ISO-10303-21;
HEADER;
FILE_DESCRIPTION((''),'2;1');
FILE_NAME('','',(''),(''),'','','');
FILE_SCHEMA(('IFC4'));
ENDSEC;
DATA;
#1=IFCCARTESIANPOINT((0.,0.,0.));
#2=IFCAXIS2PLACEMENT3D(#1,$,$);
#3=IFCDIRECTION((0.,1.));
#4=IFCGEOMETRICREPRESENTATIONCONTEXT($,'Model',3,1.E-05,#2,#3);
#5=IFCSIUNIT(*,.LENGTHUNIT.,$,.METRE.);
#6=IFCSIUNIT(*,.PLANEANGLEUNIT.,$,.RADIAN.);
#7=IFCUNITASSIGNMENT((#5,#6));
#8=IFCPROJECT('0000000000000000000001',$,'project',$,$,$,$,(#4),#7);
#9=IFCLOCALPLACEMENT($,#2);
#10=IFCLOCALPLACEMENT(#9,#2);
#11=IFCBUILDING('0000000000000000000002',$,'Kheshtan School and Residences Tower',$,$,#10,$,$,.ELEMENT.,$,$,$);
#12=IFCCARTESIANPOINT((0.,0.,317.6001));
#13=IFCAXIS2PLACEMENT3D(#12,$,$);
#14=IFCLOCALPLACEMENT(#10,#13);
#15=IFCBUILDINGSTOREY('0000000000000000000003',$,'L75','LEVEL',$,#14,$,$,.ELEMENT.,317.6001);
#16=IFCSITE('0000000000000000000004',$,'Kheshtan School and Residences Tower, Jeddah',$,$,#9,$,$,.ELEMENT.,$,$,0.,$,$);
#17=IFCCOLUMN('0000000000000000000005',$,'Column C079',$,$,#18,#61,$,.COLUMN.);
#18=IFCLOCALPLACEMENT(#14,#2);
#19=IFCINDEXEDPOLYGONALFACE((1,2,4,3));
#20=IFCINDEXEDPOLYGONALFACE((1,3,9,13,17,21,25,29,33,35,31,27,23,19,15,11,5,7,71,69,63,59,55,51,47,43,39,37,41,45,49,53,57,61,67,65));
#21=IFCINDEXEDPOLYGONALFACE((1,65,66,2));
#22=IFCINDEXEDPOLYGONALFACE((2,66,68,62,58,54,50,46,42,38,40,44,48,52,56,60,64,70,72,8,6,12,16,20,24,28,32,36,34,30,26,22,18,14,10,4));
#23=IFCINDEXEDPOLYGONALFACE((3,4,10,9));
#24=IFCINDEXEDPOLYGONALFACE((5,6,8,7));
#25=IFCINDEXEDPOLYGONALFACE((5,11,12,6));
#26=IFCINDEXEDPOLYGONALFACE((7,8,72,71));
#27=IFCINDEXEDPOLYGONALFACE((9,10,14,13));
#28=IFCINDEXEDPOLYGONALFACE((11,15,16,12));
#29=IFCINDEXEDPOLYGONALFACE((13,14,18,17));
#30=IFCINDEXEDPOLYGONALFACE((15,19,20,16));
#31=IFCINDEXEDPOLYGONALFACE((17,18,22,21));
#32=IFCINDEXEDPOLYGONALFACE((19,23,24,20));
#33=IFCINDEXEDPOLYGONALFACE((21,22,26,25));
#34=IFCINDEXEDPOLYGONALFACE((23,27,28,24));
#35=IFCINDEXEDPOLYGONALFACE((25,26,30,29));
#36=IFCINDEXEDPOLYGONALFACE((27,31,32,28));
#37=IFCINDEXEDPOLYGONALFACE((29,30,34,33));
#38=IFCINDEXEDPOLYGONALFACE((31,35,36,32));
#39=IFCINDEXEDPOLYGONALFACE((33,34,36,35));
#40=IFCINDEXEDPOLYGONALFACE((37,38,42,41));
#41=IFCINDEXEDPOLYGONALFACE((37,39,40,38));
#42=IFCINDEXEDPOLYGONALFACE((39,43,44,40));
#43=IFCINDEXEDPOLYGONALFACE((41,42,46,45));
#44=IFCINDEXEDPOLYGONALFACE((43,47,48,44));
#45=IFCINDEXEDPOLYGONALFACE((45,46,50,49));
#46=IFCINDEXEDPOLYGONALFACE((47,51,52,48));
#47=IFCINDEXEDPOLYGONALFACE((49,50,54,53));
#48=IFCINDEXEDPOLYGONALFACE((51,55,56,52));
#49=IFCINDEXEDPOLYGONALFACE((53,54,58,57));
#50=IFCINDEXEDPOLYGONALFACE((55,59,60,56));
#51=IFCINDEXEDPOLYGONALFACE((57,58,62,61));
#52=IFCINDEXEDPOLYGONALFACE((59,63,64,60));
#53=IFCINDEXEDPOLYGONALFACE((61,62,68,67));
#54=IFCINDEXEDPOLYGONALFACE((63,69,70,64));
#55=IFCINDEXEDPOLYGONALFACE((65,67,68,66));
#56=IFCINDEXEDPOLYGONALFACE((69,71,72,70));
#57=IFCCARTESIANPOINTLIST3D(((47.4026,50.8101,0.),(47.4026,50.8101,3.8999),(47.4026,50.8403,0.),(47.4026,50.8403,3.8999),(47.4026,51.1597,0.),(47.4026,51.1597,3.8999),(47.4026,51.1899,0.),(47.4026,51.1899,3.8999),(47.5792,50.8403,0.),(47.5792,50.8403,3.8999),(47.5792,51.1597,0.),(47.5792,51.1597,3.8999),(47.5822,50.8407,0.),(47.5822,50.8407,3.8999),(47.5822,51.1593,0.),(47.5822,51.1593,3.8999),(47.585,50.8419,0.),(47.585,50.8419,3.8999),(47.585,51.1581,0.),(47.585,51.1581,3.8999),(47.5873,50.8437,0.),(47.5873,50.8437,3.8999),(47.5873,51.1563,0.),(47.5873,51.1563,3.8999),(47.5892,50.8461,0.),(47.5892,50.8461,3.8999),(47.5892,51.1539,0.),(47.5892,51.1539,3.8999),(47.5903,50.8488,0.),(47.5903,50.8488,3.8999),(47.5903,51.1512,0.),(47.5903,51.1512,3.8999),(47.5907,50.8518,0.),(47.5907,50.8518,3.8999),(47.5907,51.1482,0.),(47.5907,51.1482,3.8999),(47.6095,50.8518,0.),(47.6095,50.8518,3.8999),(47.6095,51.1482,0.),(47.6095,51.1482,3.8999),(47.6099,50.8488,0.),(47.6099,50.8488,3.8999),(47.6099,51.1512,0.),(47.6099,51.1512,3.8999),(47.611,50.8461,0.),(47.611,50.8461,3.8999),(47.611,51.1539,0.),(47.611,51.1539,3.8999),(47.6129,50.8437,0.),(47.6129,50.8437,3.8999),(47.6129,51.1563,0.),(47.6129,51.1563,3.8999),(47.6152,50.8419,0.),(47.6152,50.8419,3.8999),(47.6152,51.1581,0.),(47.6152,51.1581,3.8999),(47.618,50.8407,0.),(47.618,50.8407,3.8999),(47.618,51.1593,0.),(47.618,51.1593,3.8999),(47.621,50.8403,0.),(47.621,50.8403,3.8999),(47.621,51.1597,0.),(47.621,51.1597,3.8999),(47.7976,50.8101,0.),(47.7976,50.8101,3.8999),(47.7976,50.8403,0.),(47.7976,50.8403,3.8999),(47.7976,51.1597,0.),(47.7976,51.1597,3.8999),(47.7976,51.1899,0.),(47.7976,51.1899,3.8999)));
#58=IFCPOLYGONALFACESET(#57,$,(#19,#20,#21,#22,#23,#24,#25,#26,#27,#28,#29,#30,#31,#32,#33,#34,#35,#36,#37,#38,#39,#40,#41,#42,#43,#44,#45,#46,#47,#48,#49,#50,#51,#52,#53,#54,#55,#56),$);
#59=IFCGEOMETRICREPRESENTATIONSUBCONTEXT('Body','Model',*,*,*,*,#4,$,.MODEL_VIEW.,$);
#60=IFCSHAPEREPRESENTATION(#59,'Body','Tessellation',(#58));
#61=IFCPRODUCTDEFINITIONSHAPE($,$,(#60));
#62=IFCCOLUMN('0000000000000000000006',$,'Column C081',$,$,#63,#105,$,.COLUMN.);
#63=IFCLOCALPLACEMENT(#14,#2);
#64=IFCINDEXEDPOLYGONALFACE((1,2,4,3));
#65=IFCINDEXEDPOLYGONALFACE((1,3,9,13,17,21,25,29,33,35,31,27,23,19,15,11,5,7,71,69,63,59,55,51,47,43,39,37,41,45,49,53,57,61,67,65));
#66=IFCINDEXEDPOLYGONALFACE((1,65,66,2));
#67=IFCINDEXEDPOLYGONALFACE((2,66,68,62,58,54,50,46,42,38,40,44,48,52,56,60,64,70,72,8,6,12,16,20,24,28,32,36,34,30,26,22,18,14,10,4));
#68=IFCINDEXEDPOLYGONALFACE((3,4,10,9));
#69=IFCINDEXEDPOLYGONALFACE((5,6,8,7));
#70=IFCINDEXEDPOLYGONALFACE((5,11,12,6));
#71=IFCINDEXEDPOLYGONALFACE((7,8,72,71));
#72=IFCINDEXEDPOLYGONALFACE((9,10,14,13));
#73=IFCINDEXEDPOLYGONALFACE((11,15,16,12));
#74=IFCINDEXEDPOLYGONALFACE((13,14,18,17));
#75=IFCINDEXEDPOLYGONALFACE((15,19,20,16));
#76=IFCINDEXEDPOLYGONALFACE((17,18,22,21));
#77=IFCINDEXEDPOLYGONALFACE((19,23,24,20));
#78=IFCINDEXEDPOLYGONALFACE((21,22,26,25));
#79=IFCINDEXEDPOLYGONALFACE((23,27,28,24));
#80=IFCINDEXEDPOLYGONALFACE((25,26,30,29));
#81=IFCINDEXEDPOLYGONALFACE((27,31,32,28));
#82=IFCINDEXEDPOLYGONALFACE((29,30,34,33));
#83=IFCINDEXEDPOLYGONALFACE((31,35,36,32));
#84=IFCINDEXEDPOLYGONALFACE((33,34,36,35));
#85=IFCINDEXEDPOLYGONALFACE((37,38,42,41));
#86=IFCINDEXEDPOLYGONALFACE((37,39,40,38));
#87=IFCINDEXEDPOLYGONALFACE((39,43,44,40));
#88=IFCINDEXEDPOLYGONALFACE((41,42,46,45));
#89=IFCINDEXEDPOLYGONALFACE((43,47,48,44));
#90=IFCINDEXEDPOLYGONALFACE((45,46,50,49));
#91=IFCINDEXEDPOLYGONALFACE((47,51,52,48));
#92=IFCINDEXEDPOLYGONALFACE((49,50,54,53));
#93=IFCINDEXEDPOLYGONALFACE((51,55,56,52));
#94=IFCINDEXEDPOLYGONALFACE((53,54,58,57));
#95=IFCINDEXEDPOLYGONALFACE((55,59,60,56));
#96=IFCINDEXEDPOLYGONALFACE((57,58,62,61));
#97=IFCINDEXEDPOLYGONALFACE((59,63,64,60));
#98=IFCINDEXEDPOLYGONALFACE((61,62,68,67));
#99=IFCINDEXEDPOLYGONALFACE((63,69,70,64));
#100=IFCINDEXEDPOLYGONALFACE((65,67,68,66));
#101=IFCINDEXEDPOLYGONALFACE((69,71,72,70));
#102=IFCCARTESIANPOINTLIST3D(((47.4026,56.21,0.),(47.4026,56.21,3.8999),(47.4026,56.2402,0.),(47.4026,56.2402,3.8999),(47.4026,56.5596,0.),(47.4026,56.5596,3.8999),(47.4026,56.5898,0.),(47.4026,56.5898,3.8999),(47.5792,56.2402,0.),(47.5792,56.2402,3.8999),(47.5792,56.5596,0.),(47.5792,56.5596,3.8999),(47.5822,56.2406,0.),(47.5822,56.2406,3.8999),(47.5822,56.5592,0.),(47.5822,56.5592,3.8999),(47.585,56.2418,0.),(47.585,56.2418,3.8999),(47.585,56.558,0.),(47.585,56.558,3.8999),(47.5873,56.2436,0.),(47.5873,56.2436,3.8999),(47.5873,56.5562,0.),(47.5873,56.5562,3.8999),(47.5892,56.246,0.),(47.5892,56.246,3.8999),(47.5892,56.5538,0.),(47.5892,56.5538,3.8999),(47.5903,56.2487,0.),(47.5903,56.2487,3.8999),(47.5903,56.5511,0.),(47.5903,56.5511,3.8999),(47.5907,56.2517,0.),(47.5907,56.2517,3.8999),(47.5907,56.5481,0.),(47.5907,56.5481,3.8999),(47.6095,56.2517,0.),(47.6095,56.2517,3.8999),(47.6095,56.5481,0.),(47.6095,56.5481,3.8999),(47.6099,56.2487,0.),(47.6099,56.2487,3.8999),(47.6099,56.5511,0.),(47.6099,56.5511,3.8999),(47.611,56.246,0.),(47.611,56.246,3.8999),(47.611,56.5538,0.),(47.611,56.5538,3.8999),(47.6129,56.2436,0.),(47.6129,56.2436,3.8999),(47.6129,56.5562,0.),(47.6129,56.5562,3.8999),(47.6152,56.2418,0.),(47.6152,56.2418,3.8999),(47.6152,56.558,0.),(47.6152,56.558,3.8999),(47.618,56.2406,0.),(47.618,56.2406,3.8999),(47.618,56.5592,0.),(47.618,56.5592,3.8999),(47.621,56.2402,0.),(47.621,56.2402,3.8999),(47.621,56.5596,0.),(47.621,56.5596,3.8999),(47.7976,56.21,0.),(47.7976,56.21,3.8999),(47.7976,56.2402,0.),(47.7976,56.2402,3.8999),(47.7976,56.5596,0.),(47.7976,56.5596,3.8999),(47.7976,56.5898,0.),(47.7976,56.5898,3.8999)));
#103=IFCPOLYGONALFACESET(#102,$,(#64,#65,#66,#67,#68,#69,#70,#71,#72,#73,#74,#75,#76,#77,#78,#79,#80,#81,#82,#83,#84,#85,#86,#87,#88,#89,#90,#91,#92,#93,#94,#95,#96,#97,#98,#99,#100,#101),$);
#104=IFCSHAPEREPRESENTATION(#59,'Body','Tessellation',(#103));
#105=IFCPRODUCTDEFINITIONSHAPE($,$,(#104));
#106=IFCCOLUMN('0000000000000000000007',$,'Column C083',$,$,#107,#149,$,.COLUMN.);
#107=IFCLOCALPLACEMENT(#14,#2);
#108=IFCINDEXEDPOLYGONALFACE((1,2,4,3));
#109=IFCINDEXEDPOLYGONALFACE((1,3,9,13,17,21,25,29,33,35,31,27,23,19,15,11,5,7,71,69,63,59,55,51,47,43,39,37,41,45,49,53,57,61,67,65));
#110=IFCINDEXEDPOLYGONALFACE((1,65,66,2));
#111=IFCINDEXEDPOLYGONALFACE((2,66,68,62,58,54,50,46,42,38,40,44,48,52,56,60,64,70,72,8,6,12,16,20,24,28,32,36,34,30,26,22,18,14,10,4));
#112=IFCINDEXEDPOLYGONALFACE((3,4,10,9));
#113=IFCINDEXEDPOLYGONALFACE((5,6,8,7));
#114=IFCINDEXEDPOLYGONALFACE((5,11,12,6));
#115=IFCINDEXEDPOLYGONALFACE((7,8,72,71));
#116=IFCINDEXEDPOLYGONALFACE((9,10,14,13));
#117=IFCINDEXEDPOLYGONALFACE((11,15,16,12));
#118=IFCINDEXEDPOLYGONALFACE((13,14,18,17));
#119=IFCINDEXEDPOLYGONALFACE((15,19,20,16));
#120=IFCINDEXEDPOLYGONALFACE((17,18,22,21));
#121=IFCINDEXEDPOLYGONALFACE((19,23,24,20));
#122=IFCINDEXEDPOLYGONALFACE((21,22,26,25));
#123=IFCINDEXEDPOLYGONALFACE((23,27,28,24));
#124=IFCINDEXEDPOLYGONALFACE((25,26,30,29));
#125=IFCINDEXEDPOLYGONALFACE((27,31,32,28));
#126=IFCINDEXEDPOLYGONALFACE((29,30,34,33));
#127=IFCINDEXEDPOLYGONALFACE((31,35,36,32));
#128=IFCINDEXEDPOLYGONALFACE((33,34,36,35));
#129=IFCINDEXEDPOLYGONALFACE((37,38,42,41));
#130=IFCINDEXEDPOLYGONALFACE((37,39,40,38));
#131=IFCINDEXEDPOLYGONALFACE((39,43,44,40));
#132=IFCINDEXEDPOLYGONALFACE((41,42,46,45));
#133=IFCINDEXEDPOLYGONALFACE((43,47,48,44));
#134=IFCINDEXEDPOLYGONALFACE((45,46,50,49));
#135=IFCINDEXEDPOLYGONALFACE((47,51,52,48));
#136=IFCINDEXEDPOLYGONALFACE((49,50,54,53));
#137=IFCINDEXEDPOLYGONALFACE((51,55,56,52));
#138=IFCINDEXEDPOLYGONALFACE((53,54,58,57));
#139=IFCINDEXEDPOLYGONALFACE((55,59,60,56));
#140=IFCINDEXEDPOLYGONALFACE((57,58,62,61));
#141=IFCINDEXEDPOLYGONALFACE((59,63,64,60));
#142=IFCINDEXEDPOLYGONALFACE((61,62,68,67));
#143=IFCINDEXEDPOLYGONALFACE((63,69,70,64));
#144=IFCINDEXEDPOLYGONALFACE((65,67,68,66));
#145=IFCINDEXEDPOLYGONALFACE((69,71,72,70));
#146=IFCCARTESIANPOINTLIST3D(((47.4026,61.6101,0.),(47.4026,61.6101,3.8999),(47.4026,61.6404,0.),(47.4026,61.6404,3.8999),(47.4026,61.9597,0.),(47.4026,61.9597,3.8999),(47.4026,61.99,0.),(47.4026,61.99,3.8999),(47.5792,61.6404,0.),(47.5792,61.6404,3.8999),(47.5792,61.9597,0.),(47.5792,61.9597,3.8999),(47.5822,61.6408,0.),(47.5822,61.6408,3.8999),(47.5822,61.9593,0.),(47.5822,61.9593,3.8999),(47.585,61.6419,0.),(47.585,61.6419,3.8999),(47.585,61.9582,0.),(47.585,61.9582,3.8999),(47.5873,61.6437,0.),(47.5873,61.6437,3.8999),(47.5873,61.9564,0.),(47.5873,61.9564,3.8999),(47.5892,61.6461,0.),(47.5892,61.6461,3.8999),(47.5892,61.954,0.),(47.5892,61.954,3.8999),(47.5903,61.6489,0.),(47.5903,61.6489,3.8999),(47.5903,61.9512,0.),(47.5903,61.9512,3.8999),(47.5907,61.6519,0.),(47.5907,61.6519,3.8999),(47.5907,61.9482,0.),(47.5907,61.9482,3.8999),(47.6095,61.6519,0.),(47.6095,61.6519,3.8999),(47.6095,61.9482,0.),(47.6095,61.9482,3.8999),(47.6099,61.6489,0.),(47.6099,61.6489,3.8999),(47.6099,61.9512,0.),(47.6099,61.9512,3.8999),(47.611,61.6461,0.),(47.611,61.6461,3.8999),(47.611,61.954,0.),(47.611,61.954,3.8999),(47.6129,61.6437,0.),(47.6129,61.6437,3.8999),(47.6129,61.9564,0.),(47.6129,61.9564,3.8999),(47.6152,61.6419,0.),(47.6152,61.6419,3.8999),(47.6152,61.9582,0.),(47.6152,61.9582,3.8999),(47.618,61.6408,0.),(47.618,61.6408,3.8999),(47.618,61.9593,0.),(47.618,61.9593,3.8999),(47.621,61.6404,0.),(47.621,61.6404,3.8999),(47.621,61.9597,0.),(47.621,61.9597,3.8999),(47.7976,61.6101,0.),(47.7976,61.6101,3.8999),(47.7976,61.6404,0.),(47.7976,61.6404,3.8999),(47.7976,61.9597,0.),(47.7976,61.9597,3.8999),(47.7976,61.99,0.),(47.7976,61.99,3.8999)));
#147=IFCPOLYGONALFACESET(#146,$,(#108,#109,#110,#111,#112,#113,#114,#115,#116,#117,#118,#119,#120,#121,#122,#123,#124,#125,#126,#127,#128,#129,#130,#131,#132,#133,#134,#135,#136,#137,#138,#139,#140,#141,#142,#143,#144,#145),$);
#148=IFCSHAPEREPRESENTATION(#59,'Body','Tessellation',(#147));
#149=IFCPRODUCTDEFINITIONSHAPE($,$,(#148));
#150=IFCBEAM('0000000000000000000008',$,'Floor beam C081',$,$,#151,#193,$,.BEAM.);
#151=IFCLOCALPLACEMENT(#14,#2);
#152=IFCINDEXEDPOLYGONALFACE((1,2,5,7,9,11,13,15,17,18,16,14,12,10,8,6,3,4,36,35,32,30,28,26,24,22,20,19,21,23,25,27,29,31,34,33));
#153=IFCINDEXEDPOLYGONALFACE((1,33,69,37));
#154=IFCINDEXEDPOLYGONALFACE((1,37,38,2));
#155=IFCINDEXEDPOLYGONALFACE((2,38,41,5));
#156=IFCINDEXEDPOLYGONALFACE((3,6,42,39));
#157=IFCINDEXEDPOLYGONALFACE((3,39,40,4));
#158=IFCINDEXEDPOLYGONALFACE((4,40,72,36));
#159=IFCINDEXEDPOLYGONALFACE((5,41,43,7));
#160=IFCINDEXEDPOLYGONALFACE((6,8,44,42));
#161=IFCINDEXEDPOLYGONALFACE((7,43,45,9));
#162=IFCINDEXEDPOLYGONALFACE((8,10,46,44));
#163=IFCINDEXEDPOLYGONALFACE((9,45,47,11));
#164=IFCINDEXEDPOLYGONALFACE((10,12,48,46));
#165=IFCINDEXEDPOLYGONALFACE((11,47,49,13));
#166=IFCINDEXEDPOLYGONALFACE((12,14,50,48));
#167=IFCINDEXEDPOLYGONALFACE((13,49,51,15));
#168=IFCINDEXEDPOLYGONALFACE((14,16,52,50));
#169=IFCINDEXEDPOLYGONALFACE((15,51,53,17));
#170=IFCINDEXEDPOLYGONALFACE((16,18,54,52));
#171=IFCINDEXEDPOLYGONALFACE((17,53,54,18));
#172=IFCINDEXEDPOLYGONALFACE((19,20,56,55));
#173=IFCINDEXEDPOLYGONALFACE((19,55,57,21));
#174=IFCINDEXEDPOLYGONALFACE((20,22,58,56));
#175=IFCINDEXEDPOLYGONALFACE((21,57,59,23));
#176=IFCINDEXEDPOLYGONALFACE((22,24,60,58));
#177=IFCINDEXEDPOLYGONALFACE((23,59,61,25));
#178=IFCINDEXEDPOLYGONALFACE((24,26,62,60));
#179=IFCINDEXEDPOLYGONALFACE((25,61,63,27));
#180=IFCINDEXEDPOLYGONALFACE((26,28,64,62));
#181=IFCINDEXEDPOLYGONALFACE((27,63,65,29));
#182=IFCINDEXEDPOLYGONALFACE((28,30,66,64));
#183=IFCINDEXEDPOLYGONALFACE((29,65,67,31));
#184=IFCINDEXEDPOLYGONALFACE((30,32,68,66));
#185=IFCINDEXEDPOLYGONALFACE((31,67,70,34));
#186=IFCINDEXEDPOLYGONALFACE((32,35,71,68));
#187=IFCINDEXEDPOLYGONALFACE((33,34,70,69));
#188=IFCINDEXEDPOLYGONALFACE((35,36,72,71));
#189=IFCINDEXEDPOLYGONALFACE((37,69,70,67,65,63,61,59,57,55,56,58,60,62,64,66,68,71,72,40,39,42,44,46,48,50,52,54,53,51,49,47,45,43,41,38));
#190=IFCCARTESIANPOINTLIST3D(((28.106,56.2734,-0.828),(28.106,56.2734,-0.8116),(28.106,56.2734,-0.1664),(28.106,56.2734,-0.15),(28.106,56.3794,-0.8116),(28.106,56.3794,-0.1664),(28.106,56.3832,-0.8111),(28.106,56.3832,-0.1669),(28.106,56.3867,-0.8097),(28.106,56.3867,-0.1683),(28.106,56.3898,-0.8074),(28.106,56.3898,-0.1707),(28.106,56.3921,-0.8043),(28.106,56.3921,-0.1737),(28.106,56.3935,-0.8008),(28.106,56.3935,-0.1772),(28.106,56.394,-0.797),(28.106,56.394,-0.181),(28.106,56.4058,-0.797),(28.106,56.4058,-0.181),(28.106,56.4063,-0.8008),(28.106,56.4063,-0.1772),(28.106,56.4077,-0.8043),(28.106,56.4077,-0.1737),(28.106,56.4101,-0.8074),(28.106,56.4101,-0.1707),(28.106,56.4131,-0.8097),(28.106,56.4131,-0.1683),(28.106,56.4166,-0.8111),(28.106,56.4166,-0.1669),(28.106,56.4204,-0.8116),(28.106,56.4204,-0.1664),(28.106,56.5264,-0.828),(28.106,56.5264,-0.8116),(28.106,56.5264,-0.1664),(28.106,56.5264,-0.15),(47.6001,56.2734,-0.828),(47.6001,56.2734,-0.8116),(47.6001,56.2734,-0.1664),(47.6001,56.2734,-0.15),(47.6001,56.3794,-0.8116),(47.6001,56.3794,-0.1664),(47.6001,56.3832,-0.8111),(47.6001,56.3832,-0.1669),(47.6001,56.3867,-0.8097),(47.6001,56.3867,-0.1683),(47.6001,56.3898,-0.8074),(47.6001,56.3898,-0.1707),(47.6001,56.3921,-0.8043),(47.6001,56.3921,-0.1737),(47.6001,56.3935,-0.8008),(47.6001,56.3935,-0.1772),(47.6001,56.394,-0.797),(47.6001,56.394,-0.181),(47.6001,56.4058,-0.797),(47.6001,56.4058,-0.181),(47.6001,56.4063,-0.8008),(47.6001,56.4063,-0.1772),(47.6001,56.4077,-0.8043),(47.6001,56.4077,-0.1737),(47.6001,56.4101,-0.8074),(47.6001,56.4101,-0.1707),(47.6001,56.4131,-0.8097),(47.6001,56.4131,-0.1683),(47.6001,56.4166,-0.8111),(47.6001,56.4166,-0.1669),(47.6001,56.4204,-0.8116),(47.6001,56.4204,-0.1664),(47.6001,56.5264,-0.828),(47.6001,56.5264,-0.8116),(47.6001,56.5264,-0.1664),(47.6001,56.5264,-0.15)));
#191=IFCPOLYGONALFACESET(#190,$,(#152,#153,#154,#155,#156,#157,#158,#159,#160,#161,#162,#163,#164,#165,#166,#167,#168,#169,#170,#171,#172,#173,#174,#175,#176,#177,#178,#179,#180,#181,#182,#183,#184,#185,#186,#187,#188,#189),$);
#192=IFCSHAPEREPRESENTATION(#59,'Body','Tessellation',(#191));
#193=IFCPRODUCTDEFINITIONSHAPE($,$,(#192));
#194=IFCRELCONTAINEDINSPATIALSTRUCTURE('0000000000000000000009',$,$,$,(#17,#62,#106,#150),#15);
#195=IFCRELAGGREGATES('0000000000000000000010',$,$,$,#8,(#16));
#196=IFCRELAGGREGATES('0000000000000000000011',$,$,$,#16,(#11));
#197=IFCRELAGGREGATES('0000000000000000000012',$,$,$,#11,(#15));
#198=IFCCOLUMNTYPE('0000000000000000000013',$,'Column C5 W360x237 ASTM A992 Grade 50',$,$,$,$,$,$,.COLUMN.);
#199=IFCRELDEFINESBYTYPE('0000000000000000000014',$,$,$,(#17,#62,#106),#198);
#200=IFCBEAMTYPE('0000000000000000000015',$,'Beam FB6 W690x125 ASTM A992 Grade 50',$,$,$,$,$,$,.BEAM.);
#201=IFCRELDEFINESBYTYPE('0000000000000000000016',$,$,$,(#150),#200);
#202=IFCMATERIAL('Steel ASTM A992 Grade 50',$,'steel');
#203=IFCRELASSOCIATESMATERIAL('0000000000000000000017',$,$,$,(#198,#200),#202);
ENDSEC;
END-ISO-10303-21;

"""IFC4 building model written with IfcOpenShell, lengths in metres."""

from ifc_helpers import new_model, si_unit, direction, frame, origin, origin_2d, place, context, subcontext, project, spatial, i_section, extrude, material, material_profile, profile_set, type_object, element, save


model = new_model("IFC4")

# Units and contexts
model_context = context("Model", 3, precision=1e-05, world=origin(), true_north=direction((0.0, 1.0)))
body_context = subcontext(model_context, "Body", "Model", "MODEL_VIEW")
ifc_project = project(units=[si_unit("LENGTHUNIT", "METRE"), si_unit("PLANEANGLEUNIT", "RADIAN")], contexts=[model_context])

# Site, building, storey
site_placement = place(None, origin())
site = spatial("IfcSite", under=ifc_project, at=site_placement, Name="Kheshtan School and Residences Tower, Jeddah", CompositionType="ELEMENT", RefElevation=0.0)
building_placement = place(site_placement, origin())
building = spatial("IfcBuilding", under=site, at=building_placement, Name="Kheshtan School and Residences Tower", CompositionType="ELEMENT")
storey_placement = place(building_placement, frame((0.0, 0.0, 317.6001)))
storey = spatial("IfcBuildingStorey", under=building, at=storey_placement, Name="L75", Description="LEVEL", CompositionType="ELEMENT", Elevation=317.6001)

# Columns
ifc_material_1 = material(Name="Steel ASTM A992 Grade 50", Category="steel")
ifc_material_profile_1 = material_profile(ifc_material_1, i_section(OverallWidth=0.395, OverallDepth=0.3799, WebThickness=0.0188, FlangeThickness=0.0303, FilletRadius=0.0115, at=origin_2d()), Name="W360x237")
ifc_profile_set_1 = profile_set([ifc_material_profile_1], Name="Steel ASTM A992 Grade 50")
column_type = type_object("IfcColumnType", Name="Column C5 W360x237 ASTM A992 Grade 50", PredefinedType="COLUMN", material=ifc_profile_set_1)
for number, where, z_axis, x_axis, name in (
    (1, (47.6001, 51.0, 0.0), (0.0, 0.0, 1.0), (1.0, 0.0, 0.0), "Column C079"),
    (2, (47.6001, 56.3999, 0.0), (0.0, 0.0, 1.0), (1.0, 0.0, 0.0), "Column C081"),
    (3, (47.6001, 61.8, 0.0), (0.0, 0.0, 1.0), (1.0, 0.0, 0.0), "Column C083"),
):
    element("IfcColumn", number, at=place(storey_placement, frame(where, z_axis=z_axis, x_axis=x_axis)), inside=storey, type_object=column_type, Name=name, PredefinedType="COLUMN", context=body_context, shape_type="SweptSolid", body=[
        extrude(i_section(OverallWidth=0.395, OverallDepth=0.3799, WebThickness=0.0188, FlangeThickness=0.0303, FilletRadius=0.0115, at=origin_2d()), origin(), (0.0, 0.0, 1.0), 3.8999),
    ])

# Beam
ifc_material_profile_2 = material_profile(ifc_material_1, i_section(OverallWidth=0.2529, OverallDepth=0.678, WebThickness=0.0117, FlangeThickness=0.0164, FilletRadius=0.0146, at=origin_2d()), Name="W690x125")
ifc_profile_set_2 = profile_set([ifc_material_profile_2], Name="Steel ASTM A992 Grade 50")
beam_type_1 = type_object("IfcBeamType", Name="Beam FB6 W690x125 ASTM A992 Grade 50", PredefinedType="BEAM", material=ifc_profile_set_2)
beam_1_placement = place(storey_placement, frame((47.6001, 56.3999, -0.489), z_axis=(-1.0, 0.0, 0.0), x_axis=(0.0, -1.0, 0.0)))
element("IfcBeam", 4, at=beam_1_placement, inside=storey, type_object=beam_type_1, Name="Floor beam C081", PredefinedType="BEAM", context=body_context, shape_type="SweptSolid", body=[
    extrude(i_section(OverallWidth=0.2529, OverallDepth=0.678, WebThickness=0.0117, FlangeThickness=0.0164, FilletRadius=0.0146, at=origin_2d()), origin(), (0.0, 0.0, 1.0), 19.4941),
])

save(model, "model.ifc")
